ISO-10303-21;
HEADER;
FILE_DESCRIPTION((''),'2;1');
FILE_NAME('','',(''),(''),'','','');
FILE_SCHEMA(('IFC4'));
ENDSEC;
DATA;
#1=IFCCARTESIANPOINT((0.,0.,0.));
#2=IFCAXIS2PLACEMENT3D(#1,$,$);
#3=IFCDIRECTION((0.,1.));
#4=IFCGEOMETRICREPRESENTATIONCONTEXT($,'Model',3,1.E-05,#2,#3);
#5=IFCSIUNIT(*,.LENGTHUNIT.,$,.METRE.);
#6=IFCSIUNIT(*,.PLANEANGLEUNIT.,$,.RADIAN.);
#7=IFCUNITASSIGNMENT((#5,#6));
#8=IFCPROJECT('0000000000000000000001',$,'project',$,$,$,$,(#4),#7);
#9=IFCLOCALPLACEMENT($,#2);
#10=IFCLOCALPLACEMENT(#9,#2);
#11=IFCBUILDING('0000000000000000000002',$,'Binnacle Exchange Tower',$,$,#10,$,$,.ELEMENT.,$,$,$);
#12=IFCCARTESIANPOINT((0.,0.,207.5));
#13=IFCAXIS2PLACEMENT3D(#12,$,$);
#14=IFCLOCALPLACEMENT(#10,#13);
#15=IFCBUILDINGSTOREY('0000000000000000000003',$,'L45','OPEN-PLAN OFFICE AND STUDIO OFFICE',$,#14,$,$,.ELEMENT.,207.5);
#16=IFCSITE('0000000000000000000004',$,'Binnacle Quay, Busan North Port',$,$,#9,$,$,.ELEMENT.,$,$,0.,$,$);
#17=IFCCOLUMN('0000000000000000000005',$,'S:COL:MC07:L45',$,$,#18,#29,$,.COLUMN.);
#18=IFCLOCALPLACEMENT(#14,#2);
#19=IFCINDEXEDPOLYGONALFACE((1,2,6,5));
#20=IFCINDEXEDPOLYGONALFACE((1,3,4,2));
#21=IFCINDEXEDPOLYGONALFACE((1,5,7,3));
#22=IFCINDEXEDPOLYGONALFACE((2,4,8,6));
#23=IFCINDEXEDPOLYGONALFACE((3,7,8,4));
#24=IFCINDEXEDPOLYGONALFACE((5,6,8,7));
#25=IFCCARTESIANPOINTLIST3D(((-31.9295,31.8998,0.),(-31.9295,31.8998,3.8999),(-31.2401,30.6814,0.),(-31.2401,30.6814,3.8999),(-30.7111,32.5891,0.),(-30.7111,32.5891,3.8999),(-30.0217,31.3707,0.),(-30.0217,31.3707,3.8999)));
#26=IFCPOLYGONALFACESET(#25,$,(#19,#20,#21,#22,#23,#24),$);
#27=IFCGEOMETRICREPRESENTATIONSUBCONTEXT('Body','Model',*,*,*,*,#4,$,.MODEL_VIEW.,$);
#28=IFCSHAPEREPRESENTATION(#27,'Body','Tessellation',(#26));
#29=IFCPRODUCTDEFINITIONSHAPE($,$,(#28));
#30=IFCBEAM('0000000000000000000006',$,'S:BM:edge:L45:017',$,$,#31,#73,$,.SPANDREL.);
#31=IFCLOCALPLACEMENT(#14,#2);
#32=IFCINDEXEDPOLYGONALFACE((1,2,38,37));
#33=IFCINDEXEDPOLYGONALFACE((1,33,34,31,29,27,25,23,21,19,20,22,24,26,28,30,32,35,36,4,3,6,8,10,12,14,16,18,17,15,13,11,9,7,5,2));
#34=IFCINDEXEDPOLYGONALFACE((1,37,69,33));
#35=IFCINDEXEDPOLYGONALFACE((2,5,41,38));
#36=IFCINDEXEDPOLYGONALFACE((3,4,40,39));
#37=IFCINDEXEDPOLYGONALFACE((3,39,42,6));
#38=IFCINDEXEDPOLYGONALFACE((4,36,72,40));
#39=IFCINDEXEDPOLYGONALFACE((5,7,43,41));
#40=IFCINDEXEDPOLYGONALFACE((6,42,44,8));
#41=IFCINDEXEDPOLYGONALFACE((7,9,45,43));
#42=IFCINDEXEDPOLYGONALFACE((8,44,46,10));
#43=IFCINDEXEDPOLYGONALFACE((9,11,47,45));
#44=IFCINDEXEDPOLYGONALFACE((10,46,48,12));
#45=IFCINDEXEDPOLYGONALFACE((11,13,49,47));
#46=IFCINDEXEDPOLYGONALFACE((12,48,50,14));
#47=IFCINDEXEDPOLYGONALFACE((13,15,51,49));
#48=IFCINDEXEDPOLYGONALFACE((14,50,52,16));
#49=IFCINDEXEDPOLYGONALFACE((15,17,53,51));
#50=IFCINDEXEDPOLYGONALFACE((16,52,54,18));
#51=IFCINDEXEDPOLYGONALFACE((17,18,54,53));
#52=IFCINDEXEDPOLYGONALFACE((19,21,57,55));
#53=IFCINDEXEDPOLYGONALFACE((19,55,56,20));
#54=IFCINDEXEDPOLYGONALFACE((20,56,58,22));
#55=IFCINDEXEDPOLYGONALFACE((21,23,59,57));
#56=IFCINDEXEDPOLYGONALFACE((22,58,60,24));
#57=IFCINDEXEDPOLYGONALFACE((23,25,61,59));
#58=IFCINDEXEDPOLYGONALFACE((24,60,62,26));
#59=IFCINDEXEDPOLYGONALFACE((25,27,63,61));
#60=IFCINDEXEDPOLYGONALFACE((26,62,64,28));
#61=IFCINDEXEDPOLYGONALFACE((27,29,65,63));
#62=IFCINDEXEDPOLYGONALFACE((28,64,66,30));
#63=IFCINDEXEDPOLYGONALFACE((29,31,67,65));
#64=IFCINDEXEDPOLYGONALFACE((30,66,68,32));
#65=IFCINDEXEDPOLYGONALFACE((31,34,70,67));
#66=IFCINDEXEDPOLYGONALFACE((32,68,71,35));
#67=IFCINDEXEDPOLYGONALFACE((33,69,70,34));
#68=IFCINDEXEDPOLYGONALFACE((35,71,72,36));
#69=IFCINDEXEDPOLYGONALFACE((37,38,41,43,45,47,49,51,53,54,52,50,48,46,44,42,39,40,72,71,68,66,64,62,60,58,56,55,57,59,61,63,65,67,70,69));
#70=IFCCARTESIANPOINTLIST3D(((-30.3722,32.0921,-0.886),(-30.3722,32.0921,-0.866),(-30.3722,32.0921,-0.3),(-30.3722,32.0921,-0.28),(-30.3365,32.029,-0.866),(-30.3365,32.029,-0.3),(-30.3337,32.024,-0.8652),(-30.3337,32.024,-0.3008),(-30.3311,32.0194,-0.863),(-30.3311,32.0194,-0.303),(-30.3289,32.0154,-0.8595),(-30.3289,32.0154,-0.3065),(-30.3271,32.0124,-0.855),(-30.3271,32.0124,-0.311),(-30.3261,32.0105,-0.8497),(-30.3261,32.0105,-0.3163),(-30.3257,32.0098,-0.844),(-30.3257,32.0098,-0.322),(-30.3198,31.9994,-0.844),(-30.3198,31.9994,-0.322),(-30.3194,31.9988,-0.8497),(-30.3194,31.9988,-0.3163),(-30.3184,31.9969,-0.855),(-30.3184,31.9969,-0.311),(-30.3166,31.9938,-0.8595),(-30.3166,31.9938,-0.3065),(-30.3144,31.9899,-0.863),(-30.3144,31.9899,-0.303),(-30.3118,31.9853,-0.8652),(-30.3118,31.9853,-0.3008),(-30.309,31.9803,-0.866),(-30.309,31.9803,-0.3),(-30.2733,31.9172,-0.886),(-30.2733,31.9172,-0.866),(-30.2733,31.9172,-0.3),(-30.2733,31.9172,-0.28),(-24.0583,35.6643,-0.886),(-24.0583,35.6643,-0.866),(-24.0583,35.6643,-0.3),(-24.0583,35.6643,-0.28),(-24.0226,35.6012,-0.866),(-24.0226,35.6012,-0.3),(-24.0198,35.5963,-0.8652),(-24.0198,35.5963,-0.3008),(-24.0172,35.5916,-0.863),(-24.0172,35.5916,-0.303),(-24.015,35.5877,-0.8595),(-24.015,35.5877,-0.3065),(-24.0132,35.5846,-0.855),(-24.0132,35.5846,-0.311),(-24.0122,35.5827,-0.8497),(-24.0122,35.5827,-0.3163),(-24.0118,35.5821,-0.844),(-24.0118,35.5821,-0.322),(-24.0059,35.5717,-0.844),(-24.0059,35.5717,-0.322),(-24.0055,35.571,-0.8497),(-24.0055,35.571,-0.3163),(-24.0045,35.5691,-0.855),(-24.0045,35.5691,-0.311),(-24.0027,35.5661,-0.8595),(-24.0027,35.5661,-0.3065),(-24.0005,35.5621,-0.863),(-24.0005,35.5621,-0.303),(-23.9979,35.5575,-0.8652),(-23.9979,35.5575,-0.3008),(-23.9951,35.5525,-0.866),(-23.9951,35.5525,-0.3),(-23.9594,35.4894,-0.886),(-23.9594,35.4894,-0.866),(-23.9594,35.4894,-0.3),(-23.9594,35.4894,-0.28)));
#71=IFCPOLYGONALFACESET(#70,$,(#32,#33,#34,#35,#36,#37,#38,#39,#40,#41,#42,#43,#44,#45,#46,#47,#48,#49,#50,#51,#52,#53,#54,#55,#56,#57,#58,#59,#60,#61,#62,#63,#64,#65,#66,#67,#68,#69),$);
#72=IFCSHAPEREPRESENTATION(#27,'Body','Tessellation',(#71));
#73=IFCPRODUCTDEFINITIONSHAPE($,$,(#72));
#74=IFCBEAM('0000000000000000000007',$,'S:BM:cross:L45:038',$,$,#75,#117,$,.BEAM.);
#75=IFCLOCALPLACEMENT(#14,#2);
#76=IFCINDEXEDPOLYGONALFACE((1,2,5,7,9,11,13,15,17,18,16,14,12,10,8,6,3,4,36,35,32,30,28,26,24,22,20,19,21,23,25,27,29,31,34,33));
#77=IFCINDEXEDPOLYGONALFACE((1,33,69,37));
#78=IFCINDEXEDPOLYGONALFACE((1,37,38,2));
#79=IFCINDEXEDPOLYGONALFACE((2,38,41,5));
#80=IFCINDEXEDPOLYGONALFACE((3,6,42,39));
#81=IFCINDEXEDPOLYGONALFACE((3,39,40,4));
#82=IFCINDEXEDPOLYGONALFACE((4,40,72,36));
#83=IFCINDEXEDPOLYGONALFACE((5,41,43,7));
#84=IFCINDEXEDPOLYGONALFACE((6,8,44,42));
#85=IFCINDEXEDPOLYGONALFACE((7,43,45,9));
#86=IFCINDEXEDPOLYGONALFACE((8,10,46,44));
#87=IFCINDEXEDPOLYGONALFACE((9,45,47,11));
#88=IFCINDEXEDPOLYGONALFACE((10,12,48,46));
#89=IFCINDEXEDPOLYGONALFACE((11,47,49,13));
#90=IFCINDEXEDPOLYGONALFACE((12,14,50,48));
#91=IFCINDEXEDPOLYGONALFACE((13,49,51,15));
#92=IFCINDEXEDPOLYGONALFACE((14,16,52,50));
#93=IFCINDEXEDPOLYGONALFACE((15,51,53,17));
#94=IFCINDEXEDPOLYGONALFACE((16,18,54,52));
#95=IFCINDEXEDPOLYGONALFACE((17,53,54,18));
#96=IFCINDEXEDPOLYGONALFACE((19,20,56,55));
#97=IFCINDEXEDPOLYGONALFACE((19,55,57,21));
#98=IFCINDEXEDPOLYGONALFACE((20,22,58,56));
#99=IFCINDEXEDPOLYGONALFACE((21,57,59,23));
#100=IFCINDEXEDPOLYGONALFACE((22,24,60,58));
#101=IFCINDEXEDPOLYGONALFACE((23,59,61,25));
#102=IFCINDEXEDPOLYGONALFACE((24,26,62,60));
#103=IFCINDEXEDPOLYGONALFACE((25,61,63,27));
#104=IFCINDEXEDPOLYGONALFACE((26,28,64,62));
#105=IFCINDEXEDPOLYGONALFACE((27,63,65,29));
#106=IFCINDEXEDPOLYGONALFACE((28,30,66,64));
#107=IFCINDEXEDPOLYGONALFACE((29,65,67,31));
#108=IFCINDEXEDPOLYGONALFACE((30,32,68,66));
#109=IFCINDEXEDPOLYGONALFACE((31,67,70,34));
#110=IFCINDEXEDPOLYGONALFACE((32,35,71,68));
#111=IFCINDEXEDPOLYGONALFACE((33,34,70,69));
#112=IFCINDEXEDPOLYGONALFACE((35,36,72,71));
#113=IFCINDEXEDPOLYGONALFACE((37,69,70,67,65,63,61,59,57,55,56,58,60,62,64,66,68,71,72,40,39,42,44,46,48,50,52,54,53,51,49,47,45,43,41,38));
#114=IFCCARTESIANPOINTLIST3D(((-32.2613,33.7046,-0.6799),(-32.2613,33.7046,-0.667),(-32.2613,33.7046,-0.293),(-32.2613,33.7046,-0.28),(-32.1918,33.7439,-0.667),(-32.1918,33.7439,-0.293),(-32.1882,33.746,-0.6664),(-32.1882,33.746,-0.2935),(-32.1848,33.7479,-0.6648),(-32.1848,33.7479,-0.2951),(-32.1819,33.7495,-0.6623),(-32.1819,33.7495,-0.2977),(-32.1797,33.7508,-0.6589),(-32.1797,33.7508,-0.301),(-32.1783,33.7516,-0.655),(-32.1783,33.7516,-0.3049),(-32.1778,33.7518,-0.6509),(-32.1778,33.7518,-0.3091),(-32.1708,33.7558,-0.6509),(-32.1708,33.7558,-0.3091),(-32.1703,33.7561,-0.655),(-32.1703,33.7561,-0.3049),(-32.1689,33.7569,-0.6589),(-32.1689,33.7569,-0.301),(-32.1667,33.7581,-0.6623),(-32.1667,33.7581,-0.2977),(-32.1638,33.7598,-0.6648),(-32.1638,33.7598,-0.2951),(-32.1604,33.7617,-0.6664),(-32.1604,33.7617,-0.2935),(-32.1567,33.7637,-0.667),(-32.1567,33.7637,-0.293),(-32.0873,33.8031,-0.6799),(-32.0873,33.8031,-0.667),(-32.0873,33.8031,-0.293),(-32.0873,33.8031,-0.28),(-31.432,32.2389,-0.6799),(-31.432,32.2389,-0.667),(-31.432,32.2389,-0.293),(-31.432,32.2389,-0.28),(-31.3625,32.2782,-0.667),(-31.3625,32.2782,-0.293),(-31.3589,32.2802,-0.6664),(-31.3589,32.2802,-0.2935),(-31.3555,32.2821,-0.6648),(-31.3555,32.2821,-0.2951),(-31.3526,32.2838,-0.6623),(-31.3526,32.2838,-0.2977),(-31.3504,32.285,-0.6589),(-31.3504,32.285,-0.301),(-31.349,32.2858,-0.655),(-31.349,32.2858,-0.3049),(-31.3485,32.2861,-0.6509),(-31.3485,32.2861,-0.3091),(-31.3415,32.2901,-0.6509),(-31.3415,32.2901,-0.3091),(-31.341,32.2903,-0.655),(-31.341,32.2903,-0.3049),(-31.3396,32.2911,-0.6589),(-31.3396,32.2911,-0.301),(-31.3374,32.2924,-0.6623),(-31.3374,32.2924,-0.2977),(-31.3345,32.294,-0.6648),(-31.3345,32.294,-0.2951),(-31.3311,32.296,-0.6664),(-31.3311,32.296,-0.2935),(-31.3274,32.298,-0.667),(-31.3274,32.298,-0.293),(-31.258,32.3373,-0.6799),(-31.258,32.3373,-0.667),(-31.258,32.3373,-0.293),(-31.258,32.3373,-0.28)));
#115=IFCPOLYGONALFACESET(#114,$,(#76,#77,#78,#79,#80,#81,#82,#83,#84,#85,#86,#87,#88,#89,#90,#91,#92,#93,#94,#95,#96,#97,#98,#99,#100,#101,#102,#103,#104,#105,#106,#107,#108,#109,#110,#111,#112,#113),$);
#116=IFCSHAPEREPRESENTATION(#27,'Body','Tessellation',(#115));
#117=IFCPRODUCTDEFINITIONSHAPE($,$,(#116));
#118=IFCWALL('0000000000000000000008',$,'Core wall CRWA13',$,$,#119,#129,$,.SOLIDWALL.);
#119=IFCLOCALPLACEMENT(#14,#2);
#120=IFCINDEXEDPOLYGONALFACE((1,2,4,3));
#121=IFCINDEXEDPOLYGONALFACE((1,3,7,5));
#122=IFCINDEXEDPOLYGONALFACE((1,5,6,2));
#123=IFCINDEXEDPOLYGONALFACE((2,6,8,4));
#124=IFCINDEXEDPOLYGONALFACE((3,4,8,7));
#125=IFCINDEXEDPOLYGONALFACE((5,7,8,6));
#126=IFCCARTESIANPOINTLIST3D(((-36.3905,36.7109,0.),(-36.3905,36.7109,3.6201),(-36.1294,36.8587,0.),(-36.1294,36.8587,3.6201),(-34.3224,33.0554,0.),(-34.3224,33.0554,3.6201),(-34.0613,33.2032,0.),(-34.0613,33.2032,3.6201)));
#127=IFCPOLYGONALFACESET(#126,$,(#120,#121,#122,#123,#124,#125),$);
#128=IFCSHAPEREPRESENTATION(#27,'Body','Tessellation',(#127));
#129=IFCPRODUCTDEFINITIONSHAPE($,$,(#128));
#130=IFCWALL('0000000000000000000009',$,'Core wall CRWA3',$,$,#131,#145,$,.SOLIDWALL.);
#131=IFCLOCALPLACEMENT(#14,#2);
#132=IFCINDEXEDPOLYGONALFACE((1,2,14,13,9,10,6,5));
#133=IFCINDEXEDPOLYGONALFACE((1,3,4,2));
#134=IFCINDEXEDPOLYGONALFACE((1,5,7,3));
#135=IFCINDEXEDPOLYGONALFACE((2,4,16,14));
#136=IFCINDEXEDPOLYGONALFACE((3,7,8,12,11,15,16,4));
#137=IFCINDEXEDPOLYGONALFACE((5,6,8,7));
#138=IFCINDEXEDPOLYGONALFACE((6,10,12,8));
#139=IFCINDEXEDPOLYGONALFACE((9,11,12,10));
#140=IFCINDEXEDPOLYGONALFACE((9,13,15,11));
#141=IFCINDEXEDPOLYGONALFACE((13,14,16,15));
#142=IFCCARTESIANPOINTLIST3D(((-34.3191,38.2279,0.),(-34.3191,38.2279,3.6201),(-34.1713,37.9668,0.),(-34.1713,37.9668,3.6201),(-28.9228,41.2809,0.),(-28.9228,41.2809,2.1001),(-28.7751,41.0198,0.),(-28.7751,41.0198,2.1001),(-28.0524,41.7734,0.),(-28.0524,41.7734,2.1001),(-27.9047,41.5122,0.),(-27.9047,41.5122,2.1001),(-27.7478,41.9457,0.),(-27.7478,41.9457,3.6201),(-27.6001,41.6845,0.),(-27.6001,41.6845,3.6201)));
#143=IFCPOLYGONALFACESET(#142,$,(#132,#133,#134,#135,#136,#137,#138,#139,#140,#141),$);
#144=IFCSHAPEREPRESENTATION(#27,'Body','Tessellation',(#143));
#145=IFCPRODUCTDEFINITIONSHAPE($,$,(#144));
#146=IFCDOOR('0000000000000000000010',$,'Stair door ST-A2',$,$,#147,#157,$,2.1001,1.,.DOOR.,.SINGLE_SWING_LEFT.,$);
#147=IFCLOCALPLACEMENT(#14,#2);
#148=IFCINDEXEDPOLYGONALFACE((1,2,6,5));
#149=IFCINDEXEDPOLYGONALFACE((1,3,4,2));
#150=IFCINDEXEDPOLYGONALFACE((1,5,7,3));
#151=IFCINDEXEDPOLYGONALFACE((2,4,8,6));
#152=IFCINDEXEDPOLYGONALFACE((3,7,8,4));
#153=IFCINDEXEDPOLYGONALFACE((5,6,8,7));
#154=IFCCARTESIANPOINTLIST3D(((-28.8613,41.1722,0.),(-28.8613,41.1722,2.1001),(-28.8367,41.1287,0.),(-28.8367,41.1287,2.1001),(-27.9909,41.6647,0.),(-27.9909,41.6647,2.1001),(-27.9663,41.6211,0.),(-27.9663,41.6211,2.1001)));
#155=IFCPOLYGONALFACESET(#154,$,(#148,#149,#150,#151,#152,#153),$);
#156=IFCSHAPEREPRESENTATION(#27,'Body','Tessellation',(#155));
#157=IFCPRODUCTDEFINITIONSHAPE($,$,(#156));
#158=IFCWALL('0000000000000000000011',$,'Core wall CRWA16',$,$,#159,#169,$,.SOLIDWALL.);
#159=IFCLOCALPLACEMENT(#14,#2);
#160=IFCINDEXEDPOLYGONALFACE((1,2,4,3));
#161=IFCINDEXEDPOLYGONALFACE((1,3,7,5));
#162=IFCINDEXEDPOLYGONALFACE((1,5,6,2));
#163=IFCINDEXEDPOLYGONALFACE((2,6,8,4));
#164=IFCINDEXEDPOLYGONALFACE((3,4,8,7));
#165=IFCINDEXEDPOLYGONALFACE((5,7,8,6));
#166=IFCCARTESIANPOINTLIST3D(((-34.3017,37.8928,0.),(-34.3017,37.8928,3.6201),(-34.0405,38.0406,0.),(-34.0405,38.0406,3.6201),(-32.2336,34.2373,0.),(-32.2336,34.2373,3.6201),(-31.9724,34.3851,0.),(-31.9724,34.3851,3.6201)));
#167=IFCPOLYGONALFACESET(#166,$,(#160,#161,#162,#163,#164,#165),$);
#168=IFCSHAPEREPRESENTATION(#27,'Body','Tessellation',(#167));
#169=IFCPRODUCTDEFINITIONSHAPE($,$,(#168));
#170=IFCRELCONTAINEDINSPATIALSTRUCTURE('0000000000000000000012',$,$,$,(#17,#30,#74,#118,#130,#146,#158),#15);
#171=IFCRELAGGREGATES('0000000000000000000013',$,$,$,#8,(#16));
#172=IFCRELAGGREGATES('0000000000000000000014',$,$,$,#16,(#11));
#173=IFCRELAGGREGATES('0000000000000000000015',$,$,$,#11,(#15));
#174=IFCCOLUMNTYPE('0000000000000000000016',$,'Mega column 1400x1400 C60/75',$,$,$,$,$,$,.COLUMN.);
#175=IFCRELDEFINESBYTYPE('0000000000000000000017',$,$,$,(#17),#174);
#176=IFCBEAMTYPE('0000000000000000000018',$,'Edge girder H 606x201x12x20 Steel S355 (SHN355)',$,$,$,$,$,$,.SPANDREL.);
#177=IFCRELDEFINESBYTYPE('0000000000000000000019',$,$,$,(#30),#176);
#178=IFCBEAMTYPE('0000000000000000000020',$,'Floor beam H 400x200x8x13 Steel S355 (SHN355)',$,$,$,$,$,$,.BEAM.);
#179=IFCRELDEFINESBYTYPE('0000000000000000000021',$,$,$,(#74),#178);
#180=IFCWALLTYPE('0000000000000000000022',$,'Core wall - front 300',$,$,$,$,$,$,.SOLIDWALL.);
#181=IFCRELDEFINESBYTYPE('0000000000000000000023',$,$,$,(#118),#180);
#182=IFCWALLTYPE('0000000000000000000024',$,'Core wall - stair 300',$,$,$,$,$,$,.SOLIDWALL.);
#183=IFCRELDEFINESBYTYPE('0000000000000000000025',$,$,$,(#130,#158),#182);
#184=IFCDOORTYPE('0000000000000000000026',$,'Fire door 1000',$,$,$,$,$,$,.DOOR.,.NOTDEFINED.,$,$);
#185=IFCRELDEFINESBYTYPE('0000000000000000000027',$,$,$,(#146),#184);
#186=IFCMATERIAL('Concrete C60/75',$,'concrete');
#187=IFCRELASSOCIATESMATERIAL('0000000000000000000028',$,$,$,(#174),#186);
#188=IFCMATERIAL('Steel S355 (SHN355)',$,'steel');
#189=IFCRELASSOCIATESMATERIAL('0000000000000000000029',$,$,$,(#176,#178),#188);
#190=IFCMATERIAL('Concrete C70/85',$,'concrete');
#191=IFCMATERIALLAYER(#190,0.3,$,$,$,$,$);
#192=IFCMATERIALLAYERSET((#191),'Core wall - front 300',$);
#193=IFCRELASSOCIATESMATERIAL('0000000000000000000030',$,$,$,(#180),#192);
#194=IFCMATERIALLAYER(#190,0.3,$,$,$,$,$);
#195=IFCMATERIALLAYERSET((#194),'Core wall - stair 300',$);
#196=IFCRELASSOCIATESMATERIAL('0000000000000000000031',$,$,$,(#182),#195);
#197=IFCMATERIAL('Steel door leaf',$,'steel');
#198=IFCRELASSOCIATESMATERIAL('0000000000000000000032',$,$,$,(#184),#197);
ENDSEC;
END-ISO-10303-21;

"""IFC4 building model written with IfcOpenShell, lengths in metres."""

from ifc_helpers import new_model, si_unit, direction, frame, frame_2d, origin, origin_2d, place, context, subcontext, project, spatial, rectangle, i_section, extrude, material, layer, layer_set, material_profile, profile_set, type_object, element, fill, save


model = new_model("IFC4")

# Units and contexts
model_context = context("Model", 3, precision=1e-05, world=origin(), true_north=direction((0.0, 1.0)))
body_context = subcontext(model_context, "Body", "Model", "MODEL_VIEW")
ifc_project = project(units=[si_unit("LENGTHUNIT", "METRE"), si_unit("PLANEANGLEUNIT", "RADIAN")], contexts=[model_context])

# Site, building, storey
site_placement = place(None, origin())
site = spatial("IfcSite", under=ifc_project, at=site_placement, Name="Binnacle Quay, Busan North Port", CompositionType="ELEMENT", RefElevation=0.0)
building_placement = place(site_placement, origin())
building = spatial("IfcBuilding", under=site, at=building_placement, Name="Binnacle Exchange Tower", CompositionType="ELEMENT")
storey_placement = place(building_placement, frame((0.0, 0.0, 207.5)))
storey = spatial("IfcBuildingStorey", under=building, at=storey_placement, Name="L45", Description="OPEN-PLAN OFFICE AND STUDIO OFFICE", CompositionType="ELEMENT", Elevation=207.5)

# Column
ifc_material_1 = material(Name="Concrete C60/75", Category="concrete")
ifc_material_profile_1 = material_profile(ifc_material_1, rectangle(XDim=1.3999, YDim=1.3999, at=origin_2d()), Name="Mega column 1400x1400 C60/75")
ifc_profile_set_1 = profile_set([ifc_material_profile_1], Name="Concrete C60/75")
column_type = type_object("IfcColumnType", Name="Mega column 1400x1400 C60/75", PredefinedType="COLUMN", material=ifc_profile_set_1)
column_placement = place(storey_placement, frame((-30.9756, 31.6353, 0.0), z_axis=(0.0, 0.0, 1.0), x_axis=(0.870356, 0.492424, 0.0)))
element("IfcColumn", 1, at=column_placement, inside=storey, type_object=column_type, Name="S:COL:MC07:L45", PredefinedType="COLUMN", context=body_context, shape_type="SweptSolid", body=[
    extrude(rectangle(XDim=1.3999, YDim=1.3999, at=origin_2d()), origin(), (0.0, 0.0, 1.0), 3.8999),
])

# Beams
ifc_material_2 = material(Name="Steel S355 (SHN355)", Category="steel")
ifc_material_profile_2 = material_profile(ifc_material_2, i_section(OverallWidth=0.2009, OverallDepth=0.606, WebThickness=0.012, FlangeThickness=0.02, FilletRadius=0.022, at=origin_2d()), Name="H 606x201x12x20")
ifc_profile_set_2 = profile_set([ifc_material_profile_2], Name="Steel S355 (SHN355)")
beam_type_1 = type_object("IfcBeamType", Name="Edge girder H 606x201x12x20 Steel S355 (SHN355)", PredefinedType="SPANDREL", material=ifc_profile_set_2)
beam_1_placement = place(storey_placement, frame((-30.3228, 32.0046, -0.583), z_axis=(0.870356, 0.492423, 0.0), x_axis=(-0.492423, 0.870356, 0.0)))
element("IfcBeam", 2, at=beam_1_placement, inside=storey, type_object=beam_type_1, Name="S:BM:edge:L45:017", PredefinedType="SPANDREL", context=body_context, shape_type="SweptSolid", body=[
    extrude(i_section(OverallWidth=0.2009, OverallDepth=0.606, WebThickness=0.012, FlangeThickness=0.02, FilletRadius=0.022, at=origin_2d()), origin(), (0.0, 0.0, 1.0), 7.2544),
])
ifc_material_profile_3 = material_profile(ifc_material_2, i_section(OverallWidth=0.2, OverallDepth=0.3999, WebThickness=0.0081, FlangeThickness=0.0129, FilletRadius=0.0161, at=origin_2d()), Name="H 400x200x8x13")
ifc_profile_set_3 = profile_set([ifc_material_profile_3], Name="Steel S355 (SHN355)")
beam_type_2 = type_object("IfcBeamType", Name="Floor beam H 400x200x8x13 Steel S355 (SHN355)", PredefinedType="BEAM", material=ifc_profile_set_3)
beam_2_placement = place(storey_placement, frame((-31.345, 32.2881, -0.48), z_axis=(-0.492435, 0.870349, 0.0), x_axis=(-0.870349, -0.492435, 0.0)))
element("IfcBeam", 3, at=beam_2_placement, inside=storey, type_object=beam_type_2, Name="S:BM:cross:L45:038", PredefinedType="BEAM", context=body_context, shape_type="SweptSolid", body=[
    extrude(i_section(OverallWidth=0.2, OverallDepth=0.3999, WebThickness=0.0081, FlangeThickness=0.0129, FilletRadius=0.0161, at=origin_2d()), origin(), (0.0, 0.0, 1.0), 1.6841),
])

# Wall
ifc_material_3 = material(Name="Concrete C70/85", Category="concrete")
ifc_layer_1 = layer(ifc_material_3, 0.3)
ifc_layer_set_1 = layer_set([ifc_layer_1], Name="Core wall - front 300")
wall_type_1 = type_object("IfcWallType", Name="Core wall - front 300", PredefinedType="SOLIDWALL", material=ifc_layer_set_1)
wall_1_placement = place(storey_placement, frame((-36.26, 36.7849, 0.0), z_axis=(0.0, 0.0, 1.0), x_axis=(0.49241, -0.870364, 0.0)))
element("IfcWall", 4, at=wall_1_placement, inside=storey, type_object=wall_type_1, Name="Core wall CRWA13", PredefinedType="SOLIDWALL", context=body_context, shape_type="SweptSolid", body=[
    extrude(rectangle(XDim=4.2, YDim=0.3, at=frame_2d((2.1001, 0.0))), origin(), (0.0, 0.0, 1.0), 3.6201),
])

# Wall, opening, door
ifc_layer_2 = layer(ifc_material_3, 0.3)
ifc_layer_set_2 = layer_set([ifc_layer_2], Name="Core wall - stair 300")
wall_type_2 = type_object("IfcWallType", Name="Core wall - stair 300", PredefinedType="SOLIDWALL", material=ifc_layer_set_2)
wall_2_placement = place(storey_placement, frame((-34.2451, 38.0974, 0.0), z_axis=(0.0, 0.0, 1.0), x_axis=(0.87036, 0.492415, 0.0)))
wall_2 = element("IfcWall", 5, at=wall_2_placement, inside=storey, type_object=wall_type_2, Name="Core wall CRWA3", PredefinedType="SOLIDWALL", context=body_context, shape_type="SweptSolid", body=[
    extrude(rectangle(XDim=7.55, YDim=0.3, at=frame_2d((3.7749, 0.0))), origin(), (0.0, 0.0, 1.0), 3.6201),
])
opening_placement = place(wall_2_placement, frame((6.2, 0.0, 0.0)))
opening = element("IfcOpeningElement", 6, at=opening_placement, cuts=wall_2, PredefinedType="OPENING", context=body_context, shape_type="SweptSolid", body=[
    extrude(rectangle(XDim=1.0, YDim=2.1001, at=frame_2d((0.5, 1.05))), frame((0.0, 0.1599, 0.0), z_axis=(0.0, -1.0, 0.0), x_axis=(1.0, 0.0, 0.0)), (0.0, 0.0, 1.0), 0.3201),
])
ifc_material_4 = material(Name="Steel door leaf", Category="steel")
door_type = type_object("IfcDoorType", Name="Fire door 1000", OperationType="NOTDEFINED", PredefinedType="DOOR", material=ifc_material_4)
door_placement = place(opening_placement, frame((1.0, 0.0, 0.0), z_axis=(0.0, 0.0, 1.0), x_axis=(-1.0, 0.0, 0.0)))
door = element("IfcDoor", 7, at=door_placement, inside=storey, type_object=door_type, Name="Stair door ST-A2", OperationType="SINGLE_SWING_LEFT", OverallHeight=2.1001, OverallWidth=1.0, PredefinedType="DOOR", context=body_context, shape_type="SweptSolid", body=[
    extrude(rectangle(XDim=1.0, YDim=2.1001, at=frame_2d((0.5, 1.05))), frame((0.0, 0.0249, 0.0), z_axis=(0.0, -1.0, 0.0), x_axis=(1.0, 0.0, 0.0)), (0.0, 0.0, 1.0), 0.05),
])
fill(opening, door)

# Wall
wall_3_placement = place(storey_placement, frame((-34.1711, 37.9668, 0.0), z_axis=(0.0, 0.0, 1.0), x_axis=(0.49241, -0.870364, 0.0)))
element("IfcWall", 8, at=wall_3_placement, inside=storey, type_object=wall_type_2, Name="Core wall CRWA16", PredefinedType="SOLIDWALL", context=body_context, shape_type="SweptSolid", body=[
    extrude(rectangle(XDim=4.2, YDim=0.3, at=frame_2d((2.1001, 0.0))), origin(), (0.0, 0.0, 1.0), 3.6201),
])

save(model, "model.ifc")
